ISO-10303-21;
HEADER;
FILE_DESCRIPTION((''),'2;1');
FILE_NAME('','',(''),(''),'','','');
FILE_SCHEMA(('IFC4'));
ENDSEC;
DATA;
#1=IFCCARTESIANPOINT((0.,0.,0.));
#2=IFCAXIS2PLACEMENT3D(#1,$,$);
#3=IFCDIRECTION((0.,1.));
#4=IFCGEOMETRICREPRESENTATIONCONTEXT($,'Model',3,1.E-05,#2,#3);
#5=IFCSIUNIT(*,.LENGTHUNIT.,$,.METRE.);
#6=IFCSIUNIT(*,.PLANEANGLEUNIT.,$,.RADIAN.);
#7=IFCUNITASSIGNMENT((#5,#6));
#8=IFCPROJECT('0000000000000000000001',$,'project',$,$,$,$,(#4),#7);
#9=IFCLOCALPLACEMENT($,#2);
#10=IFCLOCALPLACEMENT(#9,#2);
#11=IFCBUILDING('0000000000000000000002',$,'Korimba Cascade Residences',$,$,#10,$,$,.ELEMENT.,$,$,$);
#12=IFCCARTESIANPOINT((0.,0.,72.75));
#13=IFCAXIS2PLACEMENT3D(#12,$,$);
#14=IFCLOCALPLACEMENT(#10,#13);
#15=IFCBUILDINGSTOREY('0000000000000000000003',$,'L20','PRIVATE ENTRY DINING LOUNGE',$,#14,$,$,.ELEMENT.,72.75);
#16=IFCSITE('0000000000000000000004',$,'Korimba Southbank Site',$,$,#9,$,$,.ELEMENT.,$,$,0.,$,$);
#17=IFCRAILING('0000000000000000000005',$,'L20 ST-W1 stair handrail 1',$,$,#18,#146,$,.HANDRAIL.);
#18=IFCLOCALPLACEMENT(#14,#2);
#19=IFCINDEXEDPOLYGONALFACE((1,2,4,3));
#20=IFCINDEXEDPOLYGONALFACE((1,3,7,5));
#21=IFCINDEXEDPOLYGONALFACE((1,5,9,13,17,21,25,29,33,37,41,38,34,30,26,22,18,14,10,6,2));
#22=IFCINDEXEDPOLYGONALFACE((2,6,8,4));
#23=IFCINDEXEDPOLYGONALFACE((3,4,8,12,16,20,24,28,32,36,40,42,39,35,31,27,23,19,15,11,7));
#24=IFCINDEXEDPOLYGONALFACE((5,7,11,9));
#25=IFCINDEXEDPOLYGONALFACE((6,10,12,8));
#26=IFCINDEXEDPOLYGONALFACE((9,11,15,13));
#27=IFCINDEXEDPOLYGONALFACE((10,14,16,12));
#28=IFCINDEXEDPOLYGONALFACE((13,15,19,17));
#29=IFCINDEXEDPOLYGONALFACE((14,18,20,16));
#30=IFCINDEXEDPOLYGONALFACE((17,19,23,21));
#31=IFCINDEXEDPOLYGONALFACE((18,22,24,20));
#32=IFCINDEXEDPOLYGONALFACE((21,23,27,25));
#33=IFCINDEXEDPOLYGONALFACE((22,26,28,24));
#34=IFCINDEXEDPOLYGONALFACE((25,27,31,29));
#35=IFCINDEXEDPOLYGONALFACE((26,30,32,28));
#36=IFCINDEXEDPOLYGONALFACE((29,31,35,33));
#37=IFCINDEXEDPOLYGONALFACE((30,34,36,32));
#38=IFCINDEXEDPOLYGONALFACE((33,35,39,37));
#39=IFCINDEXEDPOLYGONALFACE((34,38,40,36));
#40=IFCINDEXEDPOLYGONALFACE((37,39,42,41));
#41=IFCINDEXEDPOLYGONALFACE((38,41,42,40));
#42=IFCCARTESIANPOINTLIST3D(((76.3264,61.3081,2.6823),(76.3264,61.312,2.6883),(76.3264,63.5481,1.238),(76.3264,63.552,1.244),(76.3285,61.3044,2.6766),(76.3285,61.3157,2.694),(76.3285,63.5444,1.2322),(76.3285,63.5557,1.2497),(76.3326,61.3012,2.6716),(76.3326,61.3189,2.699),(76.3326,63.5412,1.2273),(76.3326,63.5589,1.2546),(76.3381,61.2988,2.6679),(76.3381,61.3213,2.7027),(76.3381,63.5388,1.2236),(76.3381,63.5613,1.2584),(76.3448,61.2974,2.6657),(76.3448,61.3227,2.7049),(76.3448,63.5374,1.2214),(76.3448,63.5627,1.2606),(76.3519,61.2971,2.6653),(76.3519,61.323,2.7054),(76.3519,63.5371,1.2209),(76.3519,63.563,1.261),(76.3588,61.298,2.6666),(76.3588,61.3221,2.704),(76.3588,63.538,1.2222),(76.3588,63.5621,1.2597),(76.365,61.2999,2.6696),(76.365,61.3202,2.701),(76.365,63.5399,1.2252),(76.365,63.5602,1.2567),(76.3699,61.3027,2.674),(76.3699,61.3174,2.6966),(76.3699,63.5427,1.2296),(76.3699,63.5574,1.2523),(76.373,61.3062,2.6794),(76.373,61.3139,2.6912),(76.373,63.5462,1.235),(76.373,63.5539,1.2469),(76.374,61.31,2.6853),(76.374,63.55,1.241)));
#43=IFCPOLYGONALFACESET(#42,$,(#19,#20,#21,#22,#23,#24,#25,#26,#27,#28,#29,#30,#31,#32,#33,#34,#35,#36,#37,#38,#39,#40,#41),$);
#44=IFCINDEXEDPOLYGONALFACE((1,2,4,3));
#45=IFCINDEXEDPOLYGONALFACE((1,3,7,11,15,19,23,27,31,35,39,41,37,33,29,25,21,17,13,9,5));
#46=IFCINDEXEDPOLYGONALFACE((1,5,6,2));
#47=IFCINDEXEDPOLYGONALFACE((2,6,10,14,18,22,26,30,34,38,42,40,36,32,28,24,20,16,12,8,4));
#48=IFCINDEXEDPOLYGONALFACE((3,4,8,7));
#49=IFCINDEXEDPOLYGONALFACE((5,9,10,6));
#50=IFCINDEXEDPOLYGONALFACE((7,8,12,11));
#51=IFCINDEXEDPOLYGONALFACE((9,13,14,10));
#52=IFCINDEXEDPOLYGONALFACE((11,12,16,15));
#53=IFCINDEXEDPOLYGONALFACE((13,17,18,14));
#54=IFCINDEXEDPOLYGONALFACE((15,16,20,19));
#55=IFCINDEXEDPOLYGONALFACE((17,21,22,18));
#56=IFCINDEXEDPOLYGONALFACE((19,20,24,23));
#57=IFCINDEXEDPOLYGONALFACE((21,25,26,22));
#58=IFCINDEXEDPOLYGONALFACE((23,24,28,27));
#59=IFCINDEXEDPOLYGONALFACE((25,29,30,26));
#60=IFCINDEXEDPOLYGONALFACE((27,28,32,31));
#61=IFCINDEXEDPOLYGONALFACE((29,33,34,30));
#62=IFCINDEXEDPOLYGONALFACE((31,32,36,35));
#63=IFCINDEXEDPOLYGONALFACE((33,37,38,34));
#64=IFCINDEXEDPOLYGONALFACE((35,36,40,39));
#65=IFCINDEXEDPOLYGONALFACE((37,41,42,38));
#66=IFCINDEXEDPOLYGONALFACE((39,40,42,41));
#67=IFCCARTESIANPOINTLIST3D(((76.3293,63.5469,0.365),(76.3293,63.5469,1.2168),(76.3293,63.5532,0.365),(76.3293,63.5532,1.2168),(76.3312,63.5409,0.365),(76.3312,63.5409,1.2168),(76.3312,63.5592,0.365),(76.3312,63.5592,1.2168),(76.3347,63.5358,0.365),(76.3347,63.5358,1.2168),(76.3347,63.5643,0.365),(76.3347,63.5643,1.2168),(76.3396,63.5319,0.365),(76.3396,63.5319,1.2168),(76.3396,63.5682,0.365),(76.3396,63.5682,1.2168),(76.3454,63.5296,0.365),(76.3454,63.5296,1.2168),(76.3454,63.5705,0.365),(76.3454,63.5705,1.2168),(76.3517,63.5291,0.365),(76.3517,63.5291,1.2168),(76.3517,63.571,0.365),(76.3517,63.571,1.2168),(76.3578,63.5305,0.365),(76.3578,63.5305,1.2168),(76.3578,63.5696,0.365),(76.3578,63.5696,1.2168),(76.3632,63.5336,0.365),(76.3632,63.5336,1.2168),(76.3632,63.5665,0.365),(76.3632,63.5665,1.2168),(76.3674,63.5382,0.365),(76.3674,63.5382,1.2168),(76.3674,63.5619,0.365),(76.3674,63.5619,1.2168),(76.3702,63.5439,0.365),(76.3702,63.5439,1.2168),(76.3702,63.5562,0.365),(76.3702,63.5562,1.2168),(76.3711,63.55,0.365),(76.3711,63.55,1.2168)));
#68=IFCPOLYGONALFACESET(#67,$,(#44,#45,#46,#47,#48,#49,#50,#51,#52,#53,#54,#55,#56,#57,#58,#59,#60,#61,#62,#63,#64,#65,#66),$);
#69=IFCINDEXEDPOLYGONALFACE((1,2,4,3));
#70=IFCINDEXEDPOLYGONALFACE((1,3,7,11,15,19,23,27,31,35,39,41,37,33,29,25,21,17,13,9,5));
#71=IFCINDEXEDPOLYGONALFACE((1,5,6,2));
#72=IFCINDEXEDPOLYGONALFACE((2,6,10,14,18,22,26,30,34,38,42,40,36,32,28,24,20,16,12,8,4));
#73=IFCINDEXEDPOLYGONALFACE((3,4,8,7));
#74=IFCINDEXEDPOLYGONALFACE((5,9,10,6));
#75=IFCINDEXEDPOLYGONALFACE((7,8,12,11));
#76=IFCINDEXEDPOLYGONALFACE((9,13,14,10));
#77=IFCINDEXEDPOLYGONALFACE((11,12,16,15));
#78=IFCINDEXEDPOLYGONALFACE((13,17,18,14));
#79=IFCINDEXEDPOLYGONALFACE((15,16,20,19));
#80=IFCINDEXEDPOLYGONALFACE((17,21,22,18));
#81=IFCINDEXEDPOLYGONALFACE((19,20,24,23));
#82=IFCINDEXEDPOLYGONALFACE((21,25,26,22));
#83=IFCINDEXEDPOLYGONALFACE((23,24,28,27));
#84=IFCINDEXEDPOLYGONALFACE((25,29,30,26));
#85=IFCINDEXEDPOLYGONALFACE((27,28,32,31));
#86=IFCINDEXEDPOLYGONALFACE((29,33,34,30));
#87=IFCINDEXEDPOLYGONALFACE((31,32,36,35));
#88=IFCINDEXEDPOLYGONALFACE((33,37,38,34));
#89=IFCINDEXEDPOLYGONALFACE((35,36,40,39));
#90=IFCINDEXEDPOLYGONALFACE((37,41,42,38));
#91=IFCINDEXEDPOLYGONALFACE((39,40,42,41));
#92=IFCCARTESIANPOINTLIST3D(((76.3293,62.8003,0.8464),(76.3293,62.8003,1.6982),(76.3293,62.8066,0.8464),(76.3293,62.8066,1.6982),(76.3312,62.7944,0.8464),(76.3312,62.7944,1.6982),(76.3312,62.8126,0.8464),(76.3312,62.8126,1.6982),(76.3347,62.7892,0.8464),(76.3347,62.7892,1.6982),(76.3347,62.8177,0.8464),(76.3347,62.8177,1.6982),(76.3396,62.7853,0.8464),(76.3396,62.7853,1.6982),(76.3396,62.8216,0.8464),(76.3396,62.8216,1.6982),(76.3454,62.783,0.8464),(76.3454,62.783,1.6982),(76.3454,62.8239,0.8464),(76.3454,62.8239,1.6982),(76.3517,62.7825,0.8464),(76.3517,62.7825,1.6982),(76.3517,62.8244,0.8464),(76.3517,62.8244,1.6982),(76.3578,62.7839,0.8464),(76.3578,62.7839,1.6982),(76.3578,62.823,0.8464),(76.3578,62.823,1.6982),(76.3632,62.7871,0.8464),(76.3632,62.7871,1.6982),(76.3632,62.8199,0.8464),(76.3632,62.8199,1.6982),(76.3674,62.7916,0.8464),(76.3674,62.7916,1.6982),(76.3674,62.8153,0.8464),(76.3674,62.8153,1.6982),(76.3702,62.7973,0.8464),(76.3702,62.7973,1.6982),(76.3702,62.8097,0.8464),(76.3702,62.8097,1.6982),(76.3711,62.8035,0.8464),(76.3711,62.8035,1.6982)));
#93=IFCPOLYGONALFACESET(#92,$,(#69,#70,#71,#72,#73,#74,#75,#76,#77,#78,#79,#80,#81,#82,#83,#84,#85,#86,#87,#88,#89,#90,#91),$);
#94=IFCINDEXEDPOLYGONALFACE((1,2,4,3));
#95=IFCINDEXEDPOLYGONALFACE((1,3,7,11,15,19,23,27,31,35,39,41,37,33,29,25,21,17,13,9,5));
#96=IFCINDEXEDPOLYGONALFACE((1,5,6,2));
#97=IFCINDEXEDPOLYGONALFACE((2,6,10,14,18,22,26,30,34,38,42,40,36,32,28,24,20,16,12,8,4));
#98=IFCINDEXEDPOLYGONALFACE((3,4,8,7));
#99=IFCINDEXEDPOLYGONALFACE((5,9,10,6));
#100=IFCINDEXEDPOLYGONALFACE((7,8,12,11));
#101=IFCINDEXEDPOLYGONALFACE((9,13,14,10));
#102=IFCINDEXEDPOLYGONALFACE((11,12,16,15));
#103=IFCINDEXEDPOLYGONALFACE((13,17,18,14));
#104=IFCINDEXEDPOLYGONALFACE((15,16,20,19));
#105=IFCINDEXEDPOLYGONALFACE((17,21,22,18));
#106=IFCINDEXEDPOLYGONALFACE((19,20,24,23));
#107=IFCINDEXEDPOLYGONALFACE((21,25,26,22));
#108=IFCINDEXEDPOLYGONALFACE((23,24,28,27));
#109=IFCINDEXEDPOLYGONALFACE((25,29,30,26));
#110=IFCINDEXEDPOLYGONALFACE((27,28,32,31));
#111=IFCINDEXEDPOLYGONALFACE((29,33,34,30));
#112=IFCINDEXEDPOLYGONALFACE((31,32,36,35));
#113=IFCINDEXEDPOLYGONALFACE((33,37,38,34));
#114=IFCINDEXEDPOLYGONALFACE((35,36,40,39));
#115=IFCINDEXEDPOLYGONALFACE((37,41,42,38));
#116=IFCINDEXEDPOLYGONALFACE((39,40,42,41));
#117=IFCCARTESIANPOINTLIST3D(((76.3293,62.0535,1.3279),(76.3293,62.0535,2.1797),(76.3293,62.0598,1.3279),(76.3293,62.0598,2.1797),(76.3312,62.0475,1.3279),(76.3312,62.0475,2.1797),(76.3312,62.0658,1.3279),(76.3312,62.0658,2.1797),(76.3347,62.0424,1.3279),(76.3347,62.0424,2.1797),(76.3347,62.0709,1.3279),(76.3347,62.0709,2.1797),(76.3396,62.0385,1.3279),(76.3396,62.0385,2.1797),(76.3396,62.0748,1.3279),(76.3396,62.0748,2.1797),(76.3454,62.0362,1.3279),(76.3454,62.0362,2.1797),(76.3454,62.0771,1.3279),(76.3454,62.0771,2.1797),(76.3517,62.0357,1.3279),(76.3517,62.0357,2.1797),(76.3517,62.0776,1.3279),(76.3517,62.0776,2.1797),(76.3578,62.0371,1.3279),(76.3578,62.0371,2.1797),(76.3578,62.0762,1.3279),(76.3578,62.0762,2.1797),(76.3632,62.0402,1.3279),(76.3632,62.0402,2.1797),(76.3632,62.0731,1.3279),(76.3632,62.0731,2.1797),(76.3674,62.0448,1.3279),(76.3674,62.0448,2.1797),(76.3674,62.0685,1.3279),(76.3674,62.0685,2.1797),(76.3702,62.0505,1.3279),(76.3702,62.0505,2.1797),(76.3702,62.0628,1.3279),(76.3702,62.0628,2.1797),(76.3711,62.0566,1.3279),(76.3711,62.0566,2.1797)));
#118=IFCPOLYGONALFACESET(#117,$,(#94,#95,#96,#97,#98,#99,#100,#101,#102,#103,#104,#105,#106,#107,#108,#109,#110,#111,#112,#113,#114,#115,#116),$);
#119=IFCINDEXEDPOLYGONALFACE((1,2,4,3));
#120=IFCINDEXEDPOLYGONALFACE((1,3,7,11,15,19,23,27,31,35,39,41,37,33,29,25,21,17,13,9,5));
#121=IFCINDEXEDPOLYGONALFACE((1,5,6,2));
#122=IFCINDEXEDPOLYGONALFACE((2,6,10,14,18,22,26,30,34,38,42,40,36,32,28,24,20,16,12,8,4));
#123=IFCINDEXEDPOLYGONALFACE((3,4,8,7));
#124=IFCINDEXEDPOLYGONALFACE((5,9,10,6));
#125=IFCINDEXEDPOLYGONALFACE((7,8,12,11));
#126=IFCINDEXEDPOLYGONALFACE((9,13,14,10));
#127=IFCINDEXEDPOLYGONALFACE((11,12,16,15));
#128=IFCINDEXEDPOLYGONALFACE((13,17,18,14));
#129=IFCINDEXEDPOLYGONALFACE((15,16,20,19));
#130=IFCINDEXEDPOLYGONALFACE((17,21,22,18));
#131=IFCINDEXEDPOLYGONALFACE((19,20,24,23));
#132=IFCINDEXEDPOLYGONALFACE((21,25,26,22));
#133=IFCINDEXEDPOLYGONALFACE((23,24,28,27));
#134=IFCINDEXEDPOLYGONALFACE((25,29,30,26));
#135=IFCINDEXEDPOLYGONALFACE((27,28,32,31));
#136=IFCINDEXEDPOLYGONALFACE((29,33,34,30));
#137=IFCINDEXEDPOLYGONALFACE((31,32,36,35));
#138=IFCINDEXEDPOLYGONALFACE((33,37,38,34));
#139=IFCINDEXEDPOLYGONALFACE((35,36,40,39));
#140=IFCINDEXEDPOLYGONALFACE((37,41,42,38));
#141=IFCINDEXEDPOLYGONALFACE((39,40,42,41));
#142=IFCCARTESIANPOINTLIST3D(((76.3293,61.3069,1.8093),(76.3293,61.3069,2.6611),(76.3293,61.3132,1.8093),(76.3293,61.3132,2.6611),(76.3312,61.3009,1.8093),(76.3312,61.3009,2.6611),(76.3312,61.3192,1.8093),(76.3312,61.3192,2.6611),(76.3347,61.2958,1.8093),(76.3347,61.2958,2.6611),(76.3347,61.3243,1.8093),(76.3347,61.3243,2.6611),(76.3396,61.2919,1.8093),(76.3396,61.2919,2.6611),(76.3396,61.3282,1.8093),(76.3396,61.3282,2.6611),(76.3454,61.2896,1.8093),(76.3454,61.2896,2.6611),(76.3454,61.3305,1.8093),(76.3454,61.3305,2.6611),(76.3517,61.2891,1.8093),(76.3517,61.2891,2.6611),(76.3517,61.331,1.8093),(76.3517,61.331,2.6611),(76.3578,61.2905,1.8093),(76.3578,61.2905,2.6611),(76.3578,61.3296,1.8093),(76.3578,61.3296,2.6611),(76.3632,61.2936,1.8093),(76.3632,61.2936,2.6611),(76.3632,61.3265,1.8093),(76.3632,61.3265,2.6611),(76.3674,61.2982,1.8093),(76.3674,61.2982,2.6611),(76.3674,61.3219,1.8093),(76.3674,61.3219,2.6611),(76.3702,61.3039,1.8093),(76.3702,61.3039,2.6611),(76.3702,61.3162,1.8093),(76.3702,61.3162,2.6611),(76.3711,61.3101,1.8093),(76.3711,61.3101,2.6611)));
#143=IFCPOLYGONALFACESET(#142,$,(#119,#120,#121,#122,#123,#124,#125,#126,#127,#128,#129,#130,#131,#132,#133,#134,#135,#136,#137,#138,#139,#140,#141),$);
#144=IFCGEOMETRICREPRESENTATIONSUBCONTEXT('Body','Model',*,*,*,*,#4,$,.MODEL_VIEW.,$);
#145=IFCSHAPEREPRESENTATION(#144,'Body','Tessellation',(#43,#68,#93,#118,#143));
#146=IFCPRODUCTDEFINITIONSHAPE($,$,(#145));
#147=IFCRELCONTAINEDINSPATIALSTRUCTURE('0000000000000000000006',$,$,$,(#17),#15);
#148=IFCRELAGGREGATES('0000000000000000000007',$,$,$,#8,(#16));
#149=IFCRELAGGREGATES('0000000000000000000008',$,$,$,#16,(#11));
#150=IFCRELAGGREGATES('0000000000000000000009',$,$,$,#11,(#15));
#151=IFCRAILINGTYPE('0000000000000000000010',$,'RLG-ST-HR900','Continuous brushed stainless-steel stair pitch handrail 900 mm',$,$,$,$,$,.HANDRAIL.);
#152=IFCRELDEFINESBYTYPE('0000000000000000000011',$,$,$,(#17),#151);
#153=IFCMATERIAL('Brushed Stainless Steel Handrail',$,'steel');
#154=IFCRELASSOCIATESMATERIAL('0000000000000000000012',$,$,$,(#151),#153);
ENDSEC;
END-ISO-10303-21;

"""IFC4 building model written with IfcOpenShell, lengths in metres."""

from ifc_helpers import new_model, si_unit, direction, frame, origin, origin_2d, place, context, subcontext, project, spatial, circle, extrude, material, type_object, element, save


model = new_model("IFC4")

# Units and contexts
model_context = context("Model", 3, precision=1e-05, world=origin(), true_north=direction((0.0, 1.0)))
body_context = subcontext(model_context, "Body", "Model", "MODEL_VIEW")
ifc_project = project(units=[si_unit("LENGTHUNIT", "METRE"), si_unit("PLANEANGLEUNIT", "RADIAN")], contexts=[model_context])

# Site, building, storey
site_placement = place(None, origin())
site = spatial("IfcSite", under=ifc_project, at=site_placement, Name="Korimba Southbank Site", CompositionType="ELEMENT", RefElevation=0.0)
building_placement = place(site_placement, origin())
building = spatial("IfcBuilding", under=site, at=building_placement, Name="Korimba Cascade Residences", CompositionType="ELEMENT")
storey_placement = place(building_placement, frame((0.0, 0.0, 72.75)))
storey = spatial("IfcBuildingStorey", under=building, at=storey_placement, Name="L20", Description="PRIVATE ENTRY DINING LOUNGE", CompositionType="ELEMENT", Elevation=72.75)

# Railing
ifc_material_1 = material(Name="Brushed Stainless Steel Handrail", Category="steel")
railing_type_1 = type_object("IfcRailingType", Name="RLG-ST-HR900", Description="Continuous brushed stainless-steel stair pitch handrail 900 mm", PredefinedType="HANDRAIL", material=ifc_material_1)
railing_1_placement = place(storey_placement, frame((76.3501, 63.55, 0.365)))
element("IfcRailing", 1, at=railing_1_placement, inside=storey, type_object=railing_type_1, Name="L20 ST-W1 stair handrail 1", PredefinedType="HANDRAIL", context=body_context, shape_type="SweptSolid", body=[
    extrude(circle(Radius=0.0239, at=origin_2d()), frame((0.0, 0.0, 0.876), z_axis=(0.0, -0.840437, 0.54191), x_axis=(1.0, 0.0, 0.0)), (0.0, 0.0, 1.0), 2.6653),
    extrude(circle(Radius=0.021, at=origin_2d()), origin(), (0.0, 0.0, 1.0), 0.8518),
    extrude(circle(Radius=0.021, at=origin_2d()), frame((0.0, -0.7466, 0.4814)), (0.0, 0.0, 1.0), 0.8518),
    extrude(circle(Radius=0.021, at=origin_2d()), frame((0.0, -1.4934, 0.9629)), (0.0, 0.0, 1.0), 0.8518),
    extrude(circle(Radius=0.021, at=origin_2d()), frame((0.0, -2.24, 1.4443)), (0.0, 0.0, 1.0), 0.8518),
])

save(model, "model.ifc")
